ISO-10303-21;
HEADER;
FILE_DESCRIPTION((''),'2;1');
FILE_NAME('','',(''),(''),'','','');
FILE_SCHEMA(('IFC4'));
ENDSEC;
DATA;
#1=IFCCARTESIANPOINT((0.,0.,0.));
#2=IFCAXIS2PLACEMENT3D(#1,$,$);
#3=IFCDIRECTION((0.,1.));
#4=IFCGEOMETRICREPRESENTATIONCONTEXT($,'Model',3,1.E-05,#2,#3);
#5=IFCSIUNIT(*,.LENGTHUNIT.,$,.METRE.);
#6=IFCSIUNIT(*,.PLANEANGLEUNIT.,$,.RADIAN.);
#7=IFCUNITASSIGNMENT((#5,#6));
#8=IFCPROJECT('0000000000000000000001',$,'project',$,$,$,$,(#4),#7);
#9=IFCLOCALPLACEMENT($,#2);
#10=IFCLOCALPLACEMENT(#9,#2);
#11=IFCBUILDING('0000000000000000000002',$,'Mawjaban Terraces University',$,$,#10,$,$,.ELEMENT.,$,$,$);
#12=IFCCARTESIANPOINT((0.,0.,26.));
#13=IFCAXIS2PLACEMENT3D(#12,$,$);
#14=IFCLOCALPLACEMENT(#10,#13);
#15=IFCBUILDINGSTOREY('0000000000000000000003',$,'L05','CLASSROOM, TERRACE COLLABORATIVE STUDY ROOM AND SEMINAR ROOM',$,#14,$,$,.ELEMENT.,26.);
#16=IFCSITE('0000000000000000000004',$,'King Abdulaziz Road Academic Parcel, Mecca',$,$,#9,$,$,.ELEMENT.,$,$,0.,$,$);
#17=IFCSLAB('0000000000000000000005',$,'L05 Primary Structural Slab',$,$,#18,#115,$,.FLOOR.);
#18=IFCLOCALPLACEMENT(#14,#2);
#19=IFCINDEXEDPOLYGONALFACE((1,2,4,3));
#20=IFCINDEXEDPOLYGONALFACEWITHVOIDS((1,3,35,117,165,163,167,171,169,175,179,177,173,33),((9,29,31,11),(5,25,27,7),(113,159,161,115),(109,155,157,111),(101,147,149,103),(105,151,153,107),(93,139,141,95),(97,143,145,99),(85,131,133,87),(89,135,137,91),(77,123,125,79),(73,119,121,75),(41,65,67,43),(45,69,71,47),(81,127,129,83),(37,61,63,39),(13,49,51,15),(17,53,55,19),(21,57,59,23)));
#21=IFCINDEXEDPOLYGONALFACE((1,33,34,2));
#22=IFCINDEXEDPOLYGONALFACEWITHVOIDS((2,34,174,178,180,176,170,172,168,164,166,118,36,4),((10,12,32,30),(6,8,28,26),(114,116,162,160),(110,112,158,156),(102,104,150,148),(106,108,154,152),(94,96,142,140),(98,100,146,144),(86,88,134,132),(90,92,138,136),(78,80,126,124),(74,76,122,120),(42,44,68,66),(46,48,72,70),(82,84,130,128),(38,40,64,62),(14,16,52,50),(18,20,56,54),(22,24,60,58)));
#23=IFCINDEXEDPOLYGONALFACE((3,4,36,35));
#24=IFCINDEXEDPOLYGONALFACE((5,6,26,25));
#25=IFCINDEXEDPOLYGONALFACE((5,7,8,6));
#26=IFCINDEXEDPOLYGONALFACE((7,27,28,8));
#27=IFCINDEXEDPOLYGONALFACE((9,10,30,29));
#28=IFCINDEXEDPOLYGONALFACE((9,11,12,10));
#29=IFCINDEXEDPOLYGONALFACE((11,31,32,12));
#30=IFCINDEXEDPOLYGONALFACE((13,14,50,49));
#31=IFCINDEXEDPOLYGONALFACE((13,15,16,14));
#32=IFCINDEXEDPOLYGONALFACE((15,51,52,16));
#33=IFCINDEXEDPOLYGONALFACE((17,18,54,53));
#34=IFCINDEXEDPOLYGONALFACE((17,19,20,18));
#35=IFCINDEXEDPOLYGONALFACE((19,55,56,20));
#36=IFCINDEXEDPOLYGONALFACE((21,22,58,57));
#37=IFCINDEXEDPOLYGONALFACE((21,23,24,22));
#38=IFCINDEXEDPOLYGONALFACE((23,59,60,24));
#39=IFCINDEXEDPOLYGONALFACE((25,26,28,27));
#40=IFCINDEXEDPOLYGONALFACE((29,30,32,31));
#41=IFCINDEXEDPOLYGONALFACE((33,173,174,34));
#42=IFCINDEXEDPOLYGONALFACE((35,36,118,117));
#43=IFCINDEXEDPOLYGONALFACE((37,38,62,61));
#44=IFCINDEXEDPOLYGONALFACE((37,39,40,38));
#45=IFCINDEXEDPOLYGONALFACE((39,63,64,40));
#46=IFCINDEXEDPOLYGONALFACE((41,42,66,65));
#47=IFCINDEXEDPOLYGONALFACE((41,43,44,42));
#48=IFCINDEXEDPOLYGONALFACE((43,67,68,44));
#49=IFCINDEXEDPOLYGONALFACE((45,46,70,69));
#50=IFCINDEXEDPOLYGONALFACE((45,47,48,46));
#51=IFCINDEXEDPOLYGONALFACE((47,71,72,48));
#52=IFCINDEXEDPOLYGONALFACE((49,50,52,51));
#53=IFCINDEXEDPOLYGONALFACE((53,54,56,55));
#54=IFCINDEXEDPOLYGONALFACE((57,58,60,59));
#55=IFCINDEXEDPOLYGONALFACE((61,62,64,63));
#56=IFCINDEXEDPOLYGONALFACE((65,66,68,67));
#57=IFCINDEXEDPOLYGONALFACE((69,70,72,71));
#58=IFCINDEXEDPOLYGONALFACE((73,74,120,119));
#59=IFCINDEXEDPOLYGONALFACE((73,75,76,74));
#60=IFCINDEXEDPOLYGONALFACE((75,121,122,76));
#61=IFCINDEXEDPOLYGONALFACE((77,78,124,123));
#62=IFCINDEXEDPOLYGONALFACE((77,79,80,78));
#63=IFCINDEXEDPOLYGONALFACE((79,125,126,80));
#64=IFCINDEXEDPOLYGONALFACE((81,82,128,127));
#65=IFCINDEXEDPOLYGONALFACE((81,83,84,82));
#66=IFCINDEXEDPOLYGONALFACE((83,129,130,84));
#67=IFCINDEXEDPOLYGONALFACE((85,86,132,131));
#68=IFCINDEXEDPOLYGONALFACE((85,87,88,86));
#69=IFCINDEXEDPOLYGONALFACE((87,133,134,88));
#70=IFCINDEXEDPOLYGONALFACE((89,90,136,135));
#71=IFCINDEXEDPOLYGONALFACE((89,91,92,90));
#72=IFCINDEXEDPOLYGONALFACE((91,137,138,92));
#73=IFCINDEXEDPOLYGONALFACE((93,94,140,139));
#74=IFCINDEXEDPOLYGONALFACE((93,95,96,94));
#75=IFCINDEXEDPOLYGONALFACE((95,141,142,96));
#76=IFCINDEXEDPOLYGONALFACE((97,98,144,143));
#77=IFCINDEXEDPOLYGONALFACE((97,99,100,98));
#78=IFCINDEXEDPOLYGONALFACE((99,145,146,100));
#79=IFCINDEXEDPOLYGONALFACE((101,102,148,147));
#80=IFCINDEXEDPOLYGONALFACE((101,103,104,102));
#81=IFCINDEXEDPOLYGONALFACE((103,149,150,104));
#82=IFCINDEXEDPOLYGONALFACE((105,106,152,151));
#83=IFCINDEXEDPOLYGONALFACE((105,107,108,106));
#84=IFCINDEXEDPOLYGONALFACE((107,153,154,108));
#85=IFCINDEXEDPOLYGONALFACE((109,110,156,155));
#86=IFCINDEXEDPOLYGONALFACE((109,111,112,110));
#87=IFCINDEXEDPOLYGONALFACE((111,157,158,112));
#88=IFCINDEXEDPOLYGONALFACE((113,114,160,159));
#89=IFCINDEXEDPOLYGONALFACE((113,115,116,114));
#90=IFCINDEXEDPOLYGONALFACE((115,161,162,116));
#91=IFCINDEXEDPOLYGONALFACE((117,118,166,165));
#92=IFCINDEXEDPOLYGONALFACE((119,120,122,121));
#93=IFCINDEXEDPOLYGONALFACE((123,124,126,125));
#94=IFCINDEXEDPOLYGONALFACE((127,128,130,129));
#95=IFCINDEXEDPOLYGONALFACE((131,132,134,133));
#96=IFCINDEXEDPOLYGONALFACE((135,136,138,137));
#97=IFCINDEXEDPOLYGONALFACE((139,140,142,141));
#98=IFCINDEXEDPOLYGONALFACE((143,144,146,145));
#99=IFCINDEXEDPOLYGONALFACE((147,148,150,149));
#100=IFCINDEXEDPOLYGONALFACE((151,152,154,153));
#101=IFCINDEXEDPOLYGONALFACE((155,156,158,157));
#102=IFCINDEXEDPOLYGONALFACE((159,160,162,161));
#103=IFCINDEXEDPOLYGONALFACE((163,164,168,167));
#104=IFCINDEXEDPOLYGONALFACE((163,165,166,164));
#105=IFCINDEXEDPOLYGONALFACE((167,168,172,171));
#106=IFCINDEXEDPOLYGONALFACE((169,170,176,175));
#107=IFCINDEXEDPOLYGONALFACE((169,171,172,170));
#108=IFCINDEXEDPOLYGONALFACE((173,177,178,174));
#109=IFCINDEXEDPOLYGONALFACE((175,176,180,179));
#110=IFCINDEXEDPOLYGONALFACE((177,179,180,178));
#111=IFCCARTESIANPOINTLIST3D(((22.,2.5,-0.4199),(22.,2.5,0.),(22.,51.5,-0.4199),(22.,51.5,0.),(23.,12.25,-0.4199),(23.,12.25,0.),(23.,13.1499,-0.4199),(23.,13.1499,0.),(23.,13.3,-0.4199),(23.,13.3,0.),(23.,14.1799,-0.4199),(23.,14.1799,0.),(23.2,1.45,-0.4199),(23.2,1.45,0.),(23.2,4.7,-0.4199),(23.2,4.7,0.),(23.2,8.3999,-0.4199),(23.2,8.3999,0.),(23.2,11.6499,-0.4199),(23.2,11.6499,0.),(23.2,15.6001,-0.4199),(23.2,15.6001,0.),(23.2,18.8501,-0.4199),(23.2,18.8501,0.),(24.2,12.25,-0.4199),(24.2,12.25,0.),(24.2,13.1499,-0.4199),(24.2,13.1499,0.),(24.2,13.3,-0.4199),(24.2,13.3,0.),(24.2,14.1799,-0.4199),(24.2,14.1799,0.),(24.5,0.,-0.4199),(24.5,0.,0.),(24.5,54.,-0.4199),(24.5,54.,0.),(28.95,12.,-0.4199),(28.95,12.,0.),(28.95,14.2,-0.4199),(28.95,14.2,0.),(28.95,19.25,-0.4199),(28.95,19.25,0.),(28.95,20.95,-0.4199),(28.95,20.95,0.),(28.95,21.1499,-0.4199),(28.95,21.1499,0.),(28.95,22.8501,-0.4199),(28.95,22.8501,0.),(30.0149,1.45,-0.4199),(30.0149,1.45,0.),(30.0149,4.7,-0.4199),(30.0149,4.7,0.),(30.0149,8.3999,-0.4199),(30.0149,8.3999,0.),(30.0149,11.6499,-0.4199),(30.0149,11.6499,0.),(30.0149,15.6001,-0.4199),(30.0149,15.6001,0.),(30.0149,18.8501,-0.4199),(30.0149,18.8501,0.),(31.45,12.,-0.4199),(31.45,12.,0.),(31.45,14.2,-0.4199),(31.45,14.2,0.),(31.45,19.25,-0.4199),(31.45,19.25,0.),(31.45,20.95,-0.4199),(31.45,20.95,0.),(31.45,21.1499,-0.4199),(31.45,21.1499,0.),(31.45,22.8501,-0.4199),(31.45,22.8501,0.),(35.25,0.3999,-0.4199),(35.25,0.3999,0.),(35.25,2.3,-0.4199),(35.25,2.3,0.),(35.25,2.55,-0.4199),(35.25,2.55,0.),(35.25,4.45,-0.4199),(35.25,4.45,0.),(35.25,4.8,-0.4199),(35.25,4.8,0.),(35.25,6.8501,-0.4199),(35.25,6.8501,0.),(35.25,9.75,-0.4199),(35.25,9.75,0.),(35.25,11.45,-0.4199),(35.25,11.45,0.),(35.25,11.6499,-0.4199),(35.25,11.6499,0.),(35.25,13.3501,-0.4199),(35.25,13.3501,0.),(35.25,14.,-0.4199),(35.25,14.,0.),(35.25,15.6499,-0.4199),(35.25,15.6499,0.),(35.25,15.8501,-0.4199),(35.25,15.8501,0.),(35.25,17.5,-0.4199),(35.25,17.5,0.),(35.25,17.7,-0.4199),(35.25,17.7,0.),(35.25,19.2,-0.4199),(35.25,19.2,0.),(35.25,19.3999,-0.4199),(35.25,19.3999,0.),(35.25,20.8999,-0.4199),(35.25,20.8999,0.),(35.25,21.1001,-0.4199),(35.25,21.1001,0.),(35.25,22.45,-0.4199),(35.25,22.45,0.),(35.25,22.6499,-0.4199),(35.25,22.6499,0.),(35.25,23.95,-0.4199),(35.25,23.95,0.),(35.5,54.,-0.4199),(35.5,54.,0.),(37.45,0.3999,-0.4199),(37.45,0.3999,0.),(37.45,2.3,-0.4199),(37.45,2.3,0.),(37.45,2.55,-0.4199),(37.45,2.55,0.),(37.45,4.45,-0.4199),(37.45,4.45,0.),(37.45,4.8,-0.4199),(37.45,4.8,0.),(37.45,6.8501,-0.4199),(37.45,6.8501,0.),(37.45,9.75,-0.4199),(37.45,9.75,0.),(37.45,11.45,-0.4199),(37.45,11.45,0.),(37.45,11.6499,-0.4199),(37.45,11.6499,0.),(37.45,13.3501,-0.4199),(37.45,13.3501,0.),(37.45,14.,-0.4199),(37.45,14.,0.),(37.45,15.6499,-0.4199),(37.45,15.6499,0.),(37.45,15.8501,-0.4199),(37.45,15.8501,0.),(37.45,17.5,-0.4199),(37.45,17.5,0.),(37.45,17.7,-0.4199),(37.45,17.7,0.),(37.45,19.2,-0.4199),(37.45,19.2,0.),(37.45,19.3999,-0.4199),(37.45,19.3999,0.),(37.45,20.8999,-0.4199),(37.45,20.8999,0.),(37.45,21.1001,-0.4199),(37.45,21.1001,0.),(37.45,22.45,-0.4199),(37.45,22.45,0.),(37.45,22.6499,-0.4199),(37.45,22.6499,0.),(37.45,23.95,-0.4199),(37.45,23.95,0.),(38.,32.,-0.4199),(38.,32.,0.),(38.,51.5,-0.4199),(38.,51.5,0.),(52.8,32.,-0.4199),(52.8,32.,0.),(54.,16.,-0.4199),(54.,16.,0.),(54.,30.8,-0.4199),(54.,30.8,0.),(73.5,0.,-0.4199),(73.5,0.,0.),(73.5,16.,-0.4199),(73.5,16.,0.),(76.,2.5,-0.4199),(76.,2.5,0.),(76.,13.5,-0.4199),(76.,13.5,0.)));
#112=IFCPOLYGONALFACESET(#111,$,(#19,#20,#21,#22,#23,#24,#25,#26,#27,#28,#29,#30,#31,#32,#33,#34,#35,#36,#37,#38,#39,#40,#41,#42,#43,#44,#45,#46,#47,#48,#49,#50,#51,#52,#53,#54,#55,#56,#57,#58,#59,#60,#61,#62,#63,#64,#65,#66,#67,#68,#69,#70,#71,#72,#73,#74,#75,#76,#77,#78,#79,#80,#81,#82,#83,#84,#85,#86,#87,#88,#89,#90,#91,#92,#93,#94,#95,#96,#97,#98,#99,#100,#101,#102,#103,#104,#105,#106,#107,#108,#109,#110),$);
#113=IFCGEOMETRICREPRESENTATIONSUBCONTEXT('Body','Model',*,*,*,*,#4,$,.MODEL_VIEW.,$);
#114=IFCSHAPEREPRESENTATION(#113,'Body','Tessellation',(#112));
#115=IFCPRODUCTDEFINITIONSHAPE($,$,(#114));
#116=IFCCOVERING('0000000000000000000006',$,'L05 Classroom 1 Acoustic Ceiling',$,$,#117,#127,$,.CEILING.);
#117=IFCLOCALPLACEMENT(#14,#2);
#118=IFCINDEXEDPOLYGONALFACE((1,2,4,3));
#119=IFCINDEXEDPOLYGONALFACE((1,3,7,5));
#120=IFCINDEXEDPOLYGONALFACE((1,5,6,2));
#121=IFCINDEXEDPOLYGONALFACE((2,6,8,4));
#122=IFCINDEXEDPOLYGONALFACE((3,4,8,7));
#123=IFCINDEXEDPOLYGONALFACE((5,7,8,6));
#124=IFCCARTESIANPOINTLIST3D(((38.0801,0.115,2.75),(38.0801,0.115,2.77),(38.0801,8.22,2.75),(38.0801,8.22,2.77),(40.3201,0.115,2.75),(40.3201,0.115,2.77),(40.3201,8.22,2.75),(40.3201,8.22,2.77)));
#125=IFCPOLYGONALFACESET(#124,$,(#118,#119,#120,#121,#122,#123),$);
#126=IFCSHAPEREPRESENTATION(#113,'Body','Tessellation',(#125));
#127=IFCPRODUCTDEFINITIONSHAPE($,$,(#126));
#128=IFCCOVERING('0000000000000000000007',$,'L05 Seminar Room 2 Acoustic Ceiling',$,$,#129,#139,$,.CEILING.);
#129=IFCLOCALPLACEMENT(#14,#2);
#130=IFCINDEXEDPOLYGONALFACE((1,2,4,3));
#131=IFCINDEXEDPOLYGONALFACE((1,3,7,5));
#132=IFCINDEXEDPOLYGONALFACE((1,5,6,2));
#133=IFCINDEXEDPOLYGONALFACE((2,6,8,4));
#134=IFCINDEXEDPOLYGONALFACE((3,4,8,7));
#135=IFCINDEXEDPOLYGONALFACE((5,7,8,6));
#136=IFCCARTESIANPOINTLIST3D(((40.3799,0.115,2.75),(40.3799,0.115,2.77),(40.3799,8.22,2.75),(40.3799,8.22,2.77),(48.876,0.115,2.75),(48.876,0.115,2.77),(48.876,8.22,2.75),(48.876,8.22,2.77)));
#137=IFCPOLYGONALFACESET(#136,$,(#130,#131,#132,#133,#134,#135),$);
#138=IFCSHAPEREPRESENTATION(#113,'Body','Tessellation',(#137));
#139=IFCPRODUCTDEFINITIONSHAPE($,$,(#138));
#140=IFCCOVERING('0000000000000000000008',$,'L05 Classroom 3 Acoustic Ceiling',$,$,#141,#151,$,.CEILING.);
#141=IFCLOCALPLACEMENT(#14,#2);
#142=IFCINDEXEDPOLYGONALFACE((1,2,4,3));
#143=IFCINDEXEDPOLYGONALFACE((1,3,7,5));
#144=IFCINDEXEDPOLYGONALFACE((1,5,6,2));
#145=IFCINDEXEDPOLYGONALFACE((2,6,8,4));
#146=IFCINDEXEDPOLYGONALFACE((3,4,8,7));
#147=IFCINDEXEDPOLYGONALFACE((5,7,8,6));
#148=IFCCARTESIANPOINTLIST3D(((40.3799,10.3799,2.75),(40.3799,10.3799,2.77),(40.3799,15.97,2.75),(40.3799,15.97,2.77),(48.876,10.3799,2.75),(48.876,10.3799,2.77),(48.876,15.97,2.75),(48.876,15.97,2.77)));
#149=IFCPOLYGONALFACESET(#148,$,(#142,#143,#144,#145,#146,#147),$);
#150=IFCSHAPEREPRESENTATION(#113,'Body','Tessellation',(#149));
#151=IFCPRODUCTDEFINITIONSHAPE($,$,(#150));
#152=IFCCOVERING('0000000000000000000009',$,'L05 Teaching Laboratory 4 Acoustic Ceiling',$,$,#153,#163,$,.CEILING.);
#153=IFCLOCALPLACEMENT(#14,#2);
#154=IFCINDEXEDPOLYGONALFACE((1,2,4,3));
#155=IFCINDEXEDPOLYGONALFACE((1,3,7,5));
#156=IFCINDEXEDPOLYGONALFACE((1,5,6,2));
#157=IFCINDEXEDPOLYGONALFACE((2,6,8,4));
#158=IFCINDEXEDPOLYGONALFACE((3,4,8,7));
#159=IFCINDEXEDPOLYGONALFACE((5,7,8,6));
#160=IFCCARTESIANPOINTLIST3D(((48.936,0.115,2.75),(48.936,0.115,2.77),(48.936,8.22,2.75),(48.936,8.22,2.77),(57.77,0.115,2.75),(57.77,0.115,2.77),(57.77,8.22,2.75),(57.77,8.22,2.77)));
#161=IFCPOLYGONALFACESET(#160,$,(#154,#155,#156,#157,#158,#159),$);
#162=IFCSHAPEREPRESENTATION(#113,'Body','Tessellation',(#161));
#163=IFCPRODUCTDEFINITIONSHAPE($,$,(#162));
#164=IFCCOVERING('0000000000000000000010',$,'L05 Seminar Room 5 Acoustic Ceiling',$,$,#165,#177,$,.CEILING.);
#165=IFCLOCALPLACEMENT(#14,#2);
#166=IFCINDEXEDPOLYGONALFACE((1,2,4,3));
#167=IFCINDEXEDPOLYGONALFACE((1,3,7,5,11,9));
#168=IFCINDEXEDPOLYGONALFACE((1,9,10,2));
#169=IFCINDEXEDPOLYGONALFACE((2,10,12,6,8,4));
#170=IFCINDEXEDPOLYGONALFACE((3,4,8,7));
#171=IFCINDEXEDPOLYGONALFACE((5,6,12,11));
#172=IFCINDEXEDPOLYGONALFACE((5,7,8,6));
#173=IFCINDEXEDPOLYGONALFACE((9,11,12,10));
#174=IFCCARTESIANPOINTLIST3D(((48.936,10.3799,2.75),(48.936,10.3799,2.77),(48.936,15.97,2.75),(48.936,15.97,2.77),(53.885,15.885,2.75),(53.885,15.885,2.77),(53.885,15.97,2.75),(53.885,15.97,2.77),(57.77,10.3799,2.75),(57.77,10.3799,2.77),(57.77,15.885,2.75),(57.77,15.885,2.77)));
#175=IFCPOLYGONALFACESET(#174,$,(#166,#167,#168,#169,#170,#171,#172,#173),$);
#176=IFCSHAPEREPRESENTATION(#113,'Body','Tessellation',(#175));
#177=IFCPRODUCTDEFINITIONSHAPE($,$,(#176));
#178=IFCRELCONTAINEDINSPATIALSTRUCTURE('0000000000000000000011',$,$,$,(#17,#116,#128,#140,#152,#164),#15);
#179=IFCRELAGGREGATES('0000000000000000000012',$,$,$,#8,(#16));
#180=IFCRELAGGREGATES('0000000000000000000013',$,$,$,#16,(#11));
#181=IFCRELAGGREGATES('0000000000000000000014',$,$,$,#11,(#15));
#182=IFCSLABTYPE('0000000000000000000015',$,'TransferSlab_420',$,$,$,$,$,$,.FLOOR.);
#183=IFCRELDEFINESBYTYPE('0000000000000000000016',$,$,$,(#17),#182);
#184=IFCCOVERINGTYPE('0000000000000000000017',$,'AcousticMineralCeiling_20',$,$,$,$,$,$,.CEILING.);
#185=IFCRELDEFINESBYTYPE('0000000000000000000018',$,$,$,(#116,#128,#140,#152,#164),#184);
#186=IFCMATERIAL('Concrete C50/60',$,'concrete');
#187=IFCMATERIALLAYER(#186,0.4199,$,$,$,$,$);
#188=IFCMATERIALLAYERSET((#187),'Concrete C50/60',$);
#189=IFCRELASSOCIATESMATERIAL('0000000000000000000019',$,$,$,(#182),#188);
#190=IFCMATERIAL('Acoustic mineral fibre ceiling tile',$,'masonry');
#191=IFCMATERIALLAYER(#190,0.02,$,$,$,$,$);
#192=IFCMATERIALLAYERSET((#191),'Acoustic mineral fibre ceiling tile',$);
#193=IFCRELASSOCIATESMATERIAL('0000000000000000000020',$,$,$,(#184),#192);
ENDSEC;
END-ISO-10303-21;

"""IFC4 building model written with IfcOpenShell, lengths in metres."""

from ifc_helpers import new_model, si_unit, direction, frame, origin, place, context, subcontext, project, spatial, polyline, outline, extrude, material, layer, layer_set, type_object, element, save


model = new_model("IFC4")

# Units and contexts
model_context = context("Model", 3, precision=1e-05, world=origin(), true_north=direction((0.0, 1.0)))
body_context = subcontext(model_context, "Body", "Model", "MODEL_VIEW")
ifc_project = project(units=[si_unit("LENGTHUNIT", "METRE"), si_unit("PLANEANGLEUNIT", "RADIAN")], contexts=[model_context])

# Site, building, storey
site_placement = place(None, origin())
site = spatial("IfcSite", under=ifc_project, at=site_placement, Name="King Abdulaziz Road Academic Parcel, Mecca", CompositionType="ELEMENT", RefElevation=0.0)
building_placement = place(site_placement, origin())
building = spatial("IfcBuilding", under=site, at=building_placement, Name="Mawjaban Terraces University", CompositionType="ELEMENT")
storey_placement = place(building_placement, frame((0.0, 0.0, 26.0)))
storey = spatial("IfcBuildingStorey", under=building, at=storey_placement, Name="L05", Description="CLASSROOM, TERRACE COLLABORATIVE STUDY ROOM AND SEMINAR ROOM", CompositionType="ELEMENT", Elevation=26.0)

# Shared definitions
ifc_material_1 = material(Name="Concrete C50/60", Category="concrete")

# Slab
ifc_layer_1 = layer(ifc_material_1, 0.4199)
ifc_layer_set_1 = layer_set([ifc_layer_1], Name="Concrete C50/60")
slab_type_1 = type_object("IfcSlabType", Name="TransferSlab_420", PredefinedType="FLOOR", material=ifc_layer_set_1)
slab_1_placement = place(storey_placement, frame((0.0, 0.0, -0.4199)))
element("IfcSlab", 1, at=slab_1_placement, inside=storey, type_object=slab_type_1, Name="L05 Primary Structural Slab", PredefinedType="FLOOR", context=body_context, shape_type="SweptSolid", body=[
    extrude(outline(polyline([(24.5, 0.0), (73.5, 0.0), (76.0, 2.5), (76.0, 13.5), (73.5, 16.0), (54.0, 16.0), (54.0, 30.8), (52.8, 32.0), (38.0, 32.0), (38.0, 51.5), (35.5, 54.0), (24.5, 54.0), (22.0, 51.5), (22.0, 2.5), (24.5, 0.0)]), holes=[polyline([(30.0149, 4.7), (23.2, 4.7), (23.2, 1.45), (30.0149, 1.45), (30.0149, 4.7)]), polyline([(30.0149, 18.8501), (23.2, 18.8501), (23.2, 15.6001), (30.0149, 15.6001), (30.0149, 18.8501)]), polyline([(30.0149, 11.6499), (23.2, 11.6499), (23.2, 8.3999), (30.0149, 8.3999), (30.0149, 11.6499)]), polyline([(35.25, 0.3999), (37.45, 0.3999), (37.45, 2.3), (35.25, 2.3), (35.25, 0.3999)]), polyline([(35.25, 2.55), (37.45, 2.55), (37.45, 4.45), (35.25, 4.45), (35.25, 2.55)]), polyline([(35.25, 4.8), (37.45, 4.8), (37.45, 6.8501), (35.25, 6.8501), (35.25, 4.8)]), polyline([(35.25, 9.75), (37.45, 9.75), (37.45, 11.45), (35.25, 11.45), (35.25, 9.75)]), polyline([(35.25, 11.6499), (37.45, 11.6499), (37.45, 13.3501), (35.25, 13.3501), (35.25, 11.6499)]), polyline([(28.95, 12.0), (31.45, 12.0), (31.45, 14.2), (28.95, 14.2), (28.95, 12.0)]), polyline([(35.25, 14.0), (37.45, 14.0), (37.45, 15.6499), (35.25, 15.6499), (35.25, 14.0)]), polyline([(35.25, 15.8501), (37.45, 15.8501), (37.45, 17.5), (35.25, 17.5), (35.25, 15.8501)]), polyline([(35.25, 17.7), (37.45, 17.7), (37.45, 19.2), (35.25, 19.2), (35.25, 17.7)]), polyline([(35.25, 19.3999), (37.45, 19.3999), (37.45, 20.8999), (35.25, 20.8999), (35.25, 19.3999)]), polyline([(28.95, 19.25), (31.45, 19.25), (31.45, 20.95), (28.95, 20.95), (28.95, 19.25)]), polyline([(35.25, 21.1001), (37.45, 21.1001), (37.45, 22.45), (35.25, 22.45), (35.25, 21.1001)]), polyline([(35.25, 22.6499), (37.45, 22.6499), (37.45, 23.95), (35.25, 23.95), (35.25, 22.6499)]), polyline([(28.95, 21.1499), (31.45, 21.1499), (31.45, 22.8501), (28.95, 22.8501), (28.95, 21.1499)]), polyline([(23.0, 12.25), (24.2, 12.25), (24.2, 13.1499), (23.0, 13.1499), (23.0, 12.25)]), polyline([(23.0, 13.3), (24.2, 13.3), (24.2, 14.1799), (23.0, 14.1799), (23.0, 13.3)])]), origin(), (0.0, 0.0, 1.0), 0.4199),
])

# Coverings
ifc_material_2 = material(Name="Acoustic mineral fibre ceiling tile", Category="masonry")
ifc_layer_2 = layer(ifc_material_2, 0.02)
ifc_layer_set_2 = layer_set([ifc_layer_2], Name="Acoustic mineral fibre ceiling tile")
covering_type_1 = type_object("IfcCoveringType", Name="AcousticMineralCeiling_20", PredefinedType="CEILING", material=ifc_layer_set_2)
covering_1_placement = place(storey_placement, frame((0.0, 0.0, 2.75)))
element("IfcCovering", 2, at=covering_1_placement, inside=storey, type_object=covering_type_1, Name="L05 Classroom 1 Acoustic Ceiling", PredefinedType="CEILING", context=body_context, shape_type="SweptSolid", body=[
    extrude(outline(polyline([(38.0801, 0.115), (40.3201, 0.115), (40.3201, 8.22), (38.0801, 8.22), (38.0801, 0.115)])), origin(), (0.0, 0.0, 1.0), 0.02),
])
covering_2_placement = place(storey_placement, frame((0.0, 0.0, 2.75)))
element("IfcCovering", 3, at=covering_2_placement, inside=storey, type_object=covering_type_1, Name="L05 Seminar Room 2 Acoustic Ceiling", PredefinedType="CEILING", context=body_context, shape_type="SweptSolid", body=[
    extrude(outline(polyline([(40.3799, 0.115), (48.876, 0.115), (48.876, 8.22), (40.3799, 8.22), (40.3799, 0.115)])), origin(), (0.0, 0.0, 1.0), 0.02),
])
covering_3_placement = place(storey_placement, frame((0.0, 0.0, 2.75)))
element("IfcCovering", 4, at=covering_3_placement, inside=storey, type_object=covering_type_1, Name="L05 Classroom 3 Acoustic Ceiling", PredefinedType="CEILING", context=body_context, shape_type="SweptSolid", body=[
    extrude(outline(polyline([(48.876, 10.3799), (48.876, 15.97), (40.3799, 15.97), (40.3799, 10.3799), (48.876, 10.3799)])), origin(), (0.0, 0.0, 1.0), 0.02),
])
covering_4_placement = place(storey_placement, frame((0.0, 0.0, 2.75)))
element("IfcCovering", 5, at=covering_4_placement, inside=storey, type_object=covering_type_1, Name="L05 Teaching Laboratory 4 Acoustic Ceiling", PredefinedType="CEILING", context=body_context, shape_type="SweptSolid", body=[
    extrude(outline(polyline([(48.936, 0.115), (57.77, 0.115), (57.77, 8.22), (48.936, 8.22), (48.936, 0.115)])), origin(), (0.0, 0.0, 1.0), 0.02),
])
covering_5_placement = place(storey_placement, frame((0.0, 0.0, 2.75)))
element("IfcCovering", 6, at=covering_5_placement, inside=storey, type_object=covering_type_1, Name="L05 Seminar Room 5 Acoustic Ceiling", PredefinedType="CEILING", context=body_context, shape_type="SweptSolid", body=[
    extrude(outline(polyline([(57.77, 15.885), (53.885, 15.885), (53.885, 15.97), (48.936, 15.97), (48.936, 10.3799), (57.77, 10.3799), (57.77, 15.885)])), origin(), (0.0, 0.0, 1.0), 0.02),
])

save(model, "model.ifc")
